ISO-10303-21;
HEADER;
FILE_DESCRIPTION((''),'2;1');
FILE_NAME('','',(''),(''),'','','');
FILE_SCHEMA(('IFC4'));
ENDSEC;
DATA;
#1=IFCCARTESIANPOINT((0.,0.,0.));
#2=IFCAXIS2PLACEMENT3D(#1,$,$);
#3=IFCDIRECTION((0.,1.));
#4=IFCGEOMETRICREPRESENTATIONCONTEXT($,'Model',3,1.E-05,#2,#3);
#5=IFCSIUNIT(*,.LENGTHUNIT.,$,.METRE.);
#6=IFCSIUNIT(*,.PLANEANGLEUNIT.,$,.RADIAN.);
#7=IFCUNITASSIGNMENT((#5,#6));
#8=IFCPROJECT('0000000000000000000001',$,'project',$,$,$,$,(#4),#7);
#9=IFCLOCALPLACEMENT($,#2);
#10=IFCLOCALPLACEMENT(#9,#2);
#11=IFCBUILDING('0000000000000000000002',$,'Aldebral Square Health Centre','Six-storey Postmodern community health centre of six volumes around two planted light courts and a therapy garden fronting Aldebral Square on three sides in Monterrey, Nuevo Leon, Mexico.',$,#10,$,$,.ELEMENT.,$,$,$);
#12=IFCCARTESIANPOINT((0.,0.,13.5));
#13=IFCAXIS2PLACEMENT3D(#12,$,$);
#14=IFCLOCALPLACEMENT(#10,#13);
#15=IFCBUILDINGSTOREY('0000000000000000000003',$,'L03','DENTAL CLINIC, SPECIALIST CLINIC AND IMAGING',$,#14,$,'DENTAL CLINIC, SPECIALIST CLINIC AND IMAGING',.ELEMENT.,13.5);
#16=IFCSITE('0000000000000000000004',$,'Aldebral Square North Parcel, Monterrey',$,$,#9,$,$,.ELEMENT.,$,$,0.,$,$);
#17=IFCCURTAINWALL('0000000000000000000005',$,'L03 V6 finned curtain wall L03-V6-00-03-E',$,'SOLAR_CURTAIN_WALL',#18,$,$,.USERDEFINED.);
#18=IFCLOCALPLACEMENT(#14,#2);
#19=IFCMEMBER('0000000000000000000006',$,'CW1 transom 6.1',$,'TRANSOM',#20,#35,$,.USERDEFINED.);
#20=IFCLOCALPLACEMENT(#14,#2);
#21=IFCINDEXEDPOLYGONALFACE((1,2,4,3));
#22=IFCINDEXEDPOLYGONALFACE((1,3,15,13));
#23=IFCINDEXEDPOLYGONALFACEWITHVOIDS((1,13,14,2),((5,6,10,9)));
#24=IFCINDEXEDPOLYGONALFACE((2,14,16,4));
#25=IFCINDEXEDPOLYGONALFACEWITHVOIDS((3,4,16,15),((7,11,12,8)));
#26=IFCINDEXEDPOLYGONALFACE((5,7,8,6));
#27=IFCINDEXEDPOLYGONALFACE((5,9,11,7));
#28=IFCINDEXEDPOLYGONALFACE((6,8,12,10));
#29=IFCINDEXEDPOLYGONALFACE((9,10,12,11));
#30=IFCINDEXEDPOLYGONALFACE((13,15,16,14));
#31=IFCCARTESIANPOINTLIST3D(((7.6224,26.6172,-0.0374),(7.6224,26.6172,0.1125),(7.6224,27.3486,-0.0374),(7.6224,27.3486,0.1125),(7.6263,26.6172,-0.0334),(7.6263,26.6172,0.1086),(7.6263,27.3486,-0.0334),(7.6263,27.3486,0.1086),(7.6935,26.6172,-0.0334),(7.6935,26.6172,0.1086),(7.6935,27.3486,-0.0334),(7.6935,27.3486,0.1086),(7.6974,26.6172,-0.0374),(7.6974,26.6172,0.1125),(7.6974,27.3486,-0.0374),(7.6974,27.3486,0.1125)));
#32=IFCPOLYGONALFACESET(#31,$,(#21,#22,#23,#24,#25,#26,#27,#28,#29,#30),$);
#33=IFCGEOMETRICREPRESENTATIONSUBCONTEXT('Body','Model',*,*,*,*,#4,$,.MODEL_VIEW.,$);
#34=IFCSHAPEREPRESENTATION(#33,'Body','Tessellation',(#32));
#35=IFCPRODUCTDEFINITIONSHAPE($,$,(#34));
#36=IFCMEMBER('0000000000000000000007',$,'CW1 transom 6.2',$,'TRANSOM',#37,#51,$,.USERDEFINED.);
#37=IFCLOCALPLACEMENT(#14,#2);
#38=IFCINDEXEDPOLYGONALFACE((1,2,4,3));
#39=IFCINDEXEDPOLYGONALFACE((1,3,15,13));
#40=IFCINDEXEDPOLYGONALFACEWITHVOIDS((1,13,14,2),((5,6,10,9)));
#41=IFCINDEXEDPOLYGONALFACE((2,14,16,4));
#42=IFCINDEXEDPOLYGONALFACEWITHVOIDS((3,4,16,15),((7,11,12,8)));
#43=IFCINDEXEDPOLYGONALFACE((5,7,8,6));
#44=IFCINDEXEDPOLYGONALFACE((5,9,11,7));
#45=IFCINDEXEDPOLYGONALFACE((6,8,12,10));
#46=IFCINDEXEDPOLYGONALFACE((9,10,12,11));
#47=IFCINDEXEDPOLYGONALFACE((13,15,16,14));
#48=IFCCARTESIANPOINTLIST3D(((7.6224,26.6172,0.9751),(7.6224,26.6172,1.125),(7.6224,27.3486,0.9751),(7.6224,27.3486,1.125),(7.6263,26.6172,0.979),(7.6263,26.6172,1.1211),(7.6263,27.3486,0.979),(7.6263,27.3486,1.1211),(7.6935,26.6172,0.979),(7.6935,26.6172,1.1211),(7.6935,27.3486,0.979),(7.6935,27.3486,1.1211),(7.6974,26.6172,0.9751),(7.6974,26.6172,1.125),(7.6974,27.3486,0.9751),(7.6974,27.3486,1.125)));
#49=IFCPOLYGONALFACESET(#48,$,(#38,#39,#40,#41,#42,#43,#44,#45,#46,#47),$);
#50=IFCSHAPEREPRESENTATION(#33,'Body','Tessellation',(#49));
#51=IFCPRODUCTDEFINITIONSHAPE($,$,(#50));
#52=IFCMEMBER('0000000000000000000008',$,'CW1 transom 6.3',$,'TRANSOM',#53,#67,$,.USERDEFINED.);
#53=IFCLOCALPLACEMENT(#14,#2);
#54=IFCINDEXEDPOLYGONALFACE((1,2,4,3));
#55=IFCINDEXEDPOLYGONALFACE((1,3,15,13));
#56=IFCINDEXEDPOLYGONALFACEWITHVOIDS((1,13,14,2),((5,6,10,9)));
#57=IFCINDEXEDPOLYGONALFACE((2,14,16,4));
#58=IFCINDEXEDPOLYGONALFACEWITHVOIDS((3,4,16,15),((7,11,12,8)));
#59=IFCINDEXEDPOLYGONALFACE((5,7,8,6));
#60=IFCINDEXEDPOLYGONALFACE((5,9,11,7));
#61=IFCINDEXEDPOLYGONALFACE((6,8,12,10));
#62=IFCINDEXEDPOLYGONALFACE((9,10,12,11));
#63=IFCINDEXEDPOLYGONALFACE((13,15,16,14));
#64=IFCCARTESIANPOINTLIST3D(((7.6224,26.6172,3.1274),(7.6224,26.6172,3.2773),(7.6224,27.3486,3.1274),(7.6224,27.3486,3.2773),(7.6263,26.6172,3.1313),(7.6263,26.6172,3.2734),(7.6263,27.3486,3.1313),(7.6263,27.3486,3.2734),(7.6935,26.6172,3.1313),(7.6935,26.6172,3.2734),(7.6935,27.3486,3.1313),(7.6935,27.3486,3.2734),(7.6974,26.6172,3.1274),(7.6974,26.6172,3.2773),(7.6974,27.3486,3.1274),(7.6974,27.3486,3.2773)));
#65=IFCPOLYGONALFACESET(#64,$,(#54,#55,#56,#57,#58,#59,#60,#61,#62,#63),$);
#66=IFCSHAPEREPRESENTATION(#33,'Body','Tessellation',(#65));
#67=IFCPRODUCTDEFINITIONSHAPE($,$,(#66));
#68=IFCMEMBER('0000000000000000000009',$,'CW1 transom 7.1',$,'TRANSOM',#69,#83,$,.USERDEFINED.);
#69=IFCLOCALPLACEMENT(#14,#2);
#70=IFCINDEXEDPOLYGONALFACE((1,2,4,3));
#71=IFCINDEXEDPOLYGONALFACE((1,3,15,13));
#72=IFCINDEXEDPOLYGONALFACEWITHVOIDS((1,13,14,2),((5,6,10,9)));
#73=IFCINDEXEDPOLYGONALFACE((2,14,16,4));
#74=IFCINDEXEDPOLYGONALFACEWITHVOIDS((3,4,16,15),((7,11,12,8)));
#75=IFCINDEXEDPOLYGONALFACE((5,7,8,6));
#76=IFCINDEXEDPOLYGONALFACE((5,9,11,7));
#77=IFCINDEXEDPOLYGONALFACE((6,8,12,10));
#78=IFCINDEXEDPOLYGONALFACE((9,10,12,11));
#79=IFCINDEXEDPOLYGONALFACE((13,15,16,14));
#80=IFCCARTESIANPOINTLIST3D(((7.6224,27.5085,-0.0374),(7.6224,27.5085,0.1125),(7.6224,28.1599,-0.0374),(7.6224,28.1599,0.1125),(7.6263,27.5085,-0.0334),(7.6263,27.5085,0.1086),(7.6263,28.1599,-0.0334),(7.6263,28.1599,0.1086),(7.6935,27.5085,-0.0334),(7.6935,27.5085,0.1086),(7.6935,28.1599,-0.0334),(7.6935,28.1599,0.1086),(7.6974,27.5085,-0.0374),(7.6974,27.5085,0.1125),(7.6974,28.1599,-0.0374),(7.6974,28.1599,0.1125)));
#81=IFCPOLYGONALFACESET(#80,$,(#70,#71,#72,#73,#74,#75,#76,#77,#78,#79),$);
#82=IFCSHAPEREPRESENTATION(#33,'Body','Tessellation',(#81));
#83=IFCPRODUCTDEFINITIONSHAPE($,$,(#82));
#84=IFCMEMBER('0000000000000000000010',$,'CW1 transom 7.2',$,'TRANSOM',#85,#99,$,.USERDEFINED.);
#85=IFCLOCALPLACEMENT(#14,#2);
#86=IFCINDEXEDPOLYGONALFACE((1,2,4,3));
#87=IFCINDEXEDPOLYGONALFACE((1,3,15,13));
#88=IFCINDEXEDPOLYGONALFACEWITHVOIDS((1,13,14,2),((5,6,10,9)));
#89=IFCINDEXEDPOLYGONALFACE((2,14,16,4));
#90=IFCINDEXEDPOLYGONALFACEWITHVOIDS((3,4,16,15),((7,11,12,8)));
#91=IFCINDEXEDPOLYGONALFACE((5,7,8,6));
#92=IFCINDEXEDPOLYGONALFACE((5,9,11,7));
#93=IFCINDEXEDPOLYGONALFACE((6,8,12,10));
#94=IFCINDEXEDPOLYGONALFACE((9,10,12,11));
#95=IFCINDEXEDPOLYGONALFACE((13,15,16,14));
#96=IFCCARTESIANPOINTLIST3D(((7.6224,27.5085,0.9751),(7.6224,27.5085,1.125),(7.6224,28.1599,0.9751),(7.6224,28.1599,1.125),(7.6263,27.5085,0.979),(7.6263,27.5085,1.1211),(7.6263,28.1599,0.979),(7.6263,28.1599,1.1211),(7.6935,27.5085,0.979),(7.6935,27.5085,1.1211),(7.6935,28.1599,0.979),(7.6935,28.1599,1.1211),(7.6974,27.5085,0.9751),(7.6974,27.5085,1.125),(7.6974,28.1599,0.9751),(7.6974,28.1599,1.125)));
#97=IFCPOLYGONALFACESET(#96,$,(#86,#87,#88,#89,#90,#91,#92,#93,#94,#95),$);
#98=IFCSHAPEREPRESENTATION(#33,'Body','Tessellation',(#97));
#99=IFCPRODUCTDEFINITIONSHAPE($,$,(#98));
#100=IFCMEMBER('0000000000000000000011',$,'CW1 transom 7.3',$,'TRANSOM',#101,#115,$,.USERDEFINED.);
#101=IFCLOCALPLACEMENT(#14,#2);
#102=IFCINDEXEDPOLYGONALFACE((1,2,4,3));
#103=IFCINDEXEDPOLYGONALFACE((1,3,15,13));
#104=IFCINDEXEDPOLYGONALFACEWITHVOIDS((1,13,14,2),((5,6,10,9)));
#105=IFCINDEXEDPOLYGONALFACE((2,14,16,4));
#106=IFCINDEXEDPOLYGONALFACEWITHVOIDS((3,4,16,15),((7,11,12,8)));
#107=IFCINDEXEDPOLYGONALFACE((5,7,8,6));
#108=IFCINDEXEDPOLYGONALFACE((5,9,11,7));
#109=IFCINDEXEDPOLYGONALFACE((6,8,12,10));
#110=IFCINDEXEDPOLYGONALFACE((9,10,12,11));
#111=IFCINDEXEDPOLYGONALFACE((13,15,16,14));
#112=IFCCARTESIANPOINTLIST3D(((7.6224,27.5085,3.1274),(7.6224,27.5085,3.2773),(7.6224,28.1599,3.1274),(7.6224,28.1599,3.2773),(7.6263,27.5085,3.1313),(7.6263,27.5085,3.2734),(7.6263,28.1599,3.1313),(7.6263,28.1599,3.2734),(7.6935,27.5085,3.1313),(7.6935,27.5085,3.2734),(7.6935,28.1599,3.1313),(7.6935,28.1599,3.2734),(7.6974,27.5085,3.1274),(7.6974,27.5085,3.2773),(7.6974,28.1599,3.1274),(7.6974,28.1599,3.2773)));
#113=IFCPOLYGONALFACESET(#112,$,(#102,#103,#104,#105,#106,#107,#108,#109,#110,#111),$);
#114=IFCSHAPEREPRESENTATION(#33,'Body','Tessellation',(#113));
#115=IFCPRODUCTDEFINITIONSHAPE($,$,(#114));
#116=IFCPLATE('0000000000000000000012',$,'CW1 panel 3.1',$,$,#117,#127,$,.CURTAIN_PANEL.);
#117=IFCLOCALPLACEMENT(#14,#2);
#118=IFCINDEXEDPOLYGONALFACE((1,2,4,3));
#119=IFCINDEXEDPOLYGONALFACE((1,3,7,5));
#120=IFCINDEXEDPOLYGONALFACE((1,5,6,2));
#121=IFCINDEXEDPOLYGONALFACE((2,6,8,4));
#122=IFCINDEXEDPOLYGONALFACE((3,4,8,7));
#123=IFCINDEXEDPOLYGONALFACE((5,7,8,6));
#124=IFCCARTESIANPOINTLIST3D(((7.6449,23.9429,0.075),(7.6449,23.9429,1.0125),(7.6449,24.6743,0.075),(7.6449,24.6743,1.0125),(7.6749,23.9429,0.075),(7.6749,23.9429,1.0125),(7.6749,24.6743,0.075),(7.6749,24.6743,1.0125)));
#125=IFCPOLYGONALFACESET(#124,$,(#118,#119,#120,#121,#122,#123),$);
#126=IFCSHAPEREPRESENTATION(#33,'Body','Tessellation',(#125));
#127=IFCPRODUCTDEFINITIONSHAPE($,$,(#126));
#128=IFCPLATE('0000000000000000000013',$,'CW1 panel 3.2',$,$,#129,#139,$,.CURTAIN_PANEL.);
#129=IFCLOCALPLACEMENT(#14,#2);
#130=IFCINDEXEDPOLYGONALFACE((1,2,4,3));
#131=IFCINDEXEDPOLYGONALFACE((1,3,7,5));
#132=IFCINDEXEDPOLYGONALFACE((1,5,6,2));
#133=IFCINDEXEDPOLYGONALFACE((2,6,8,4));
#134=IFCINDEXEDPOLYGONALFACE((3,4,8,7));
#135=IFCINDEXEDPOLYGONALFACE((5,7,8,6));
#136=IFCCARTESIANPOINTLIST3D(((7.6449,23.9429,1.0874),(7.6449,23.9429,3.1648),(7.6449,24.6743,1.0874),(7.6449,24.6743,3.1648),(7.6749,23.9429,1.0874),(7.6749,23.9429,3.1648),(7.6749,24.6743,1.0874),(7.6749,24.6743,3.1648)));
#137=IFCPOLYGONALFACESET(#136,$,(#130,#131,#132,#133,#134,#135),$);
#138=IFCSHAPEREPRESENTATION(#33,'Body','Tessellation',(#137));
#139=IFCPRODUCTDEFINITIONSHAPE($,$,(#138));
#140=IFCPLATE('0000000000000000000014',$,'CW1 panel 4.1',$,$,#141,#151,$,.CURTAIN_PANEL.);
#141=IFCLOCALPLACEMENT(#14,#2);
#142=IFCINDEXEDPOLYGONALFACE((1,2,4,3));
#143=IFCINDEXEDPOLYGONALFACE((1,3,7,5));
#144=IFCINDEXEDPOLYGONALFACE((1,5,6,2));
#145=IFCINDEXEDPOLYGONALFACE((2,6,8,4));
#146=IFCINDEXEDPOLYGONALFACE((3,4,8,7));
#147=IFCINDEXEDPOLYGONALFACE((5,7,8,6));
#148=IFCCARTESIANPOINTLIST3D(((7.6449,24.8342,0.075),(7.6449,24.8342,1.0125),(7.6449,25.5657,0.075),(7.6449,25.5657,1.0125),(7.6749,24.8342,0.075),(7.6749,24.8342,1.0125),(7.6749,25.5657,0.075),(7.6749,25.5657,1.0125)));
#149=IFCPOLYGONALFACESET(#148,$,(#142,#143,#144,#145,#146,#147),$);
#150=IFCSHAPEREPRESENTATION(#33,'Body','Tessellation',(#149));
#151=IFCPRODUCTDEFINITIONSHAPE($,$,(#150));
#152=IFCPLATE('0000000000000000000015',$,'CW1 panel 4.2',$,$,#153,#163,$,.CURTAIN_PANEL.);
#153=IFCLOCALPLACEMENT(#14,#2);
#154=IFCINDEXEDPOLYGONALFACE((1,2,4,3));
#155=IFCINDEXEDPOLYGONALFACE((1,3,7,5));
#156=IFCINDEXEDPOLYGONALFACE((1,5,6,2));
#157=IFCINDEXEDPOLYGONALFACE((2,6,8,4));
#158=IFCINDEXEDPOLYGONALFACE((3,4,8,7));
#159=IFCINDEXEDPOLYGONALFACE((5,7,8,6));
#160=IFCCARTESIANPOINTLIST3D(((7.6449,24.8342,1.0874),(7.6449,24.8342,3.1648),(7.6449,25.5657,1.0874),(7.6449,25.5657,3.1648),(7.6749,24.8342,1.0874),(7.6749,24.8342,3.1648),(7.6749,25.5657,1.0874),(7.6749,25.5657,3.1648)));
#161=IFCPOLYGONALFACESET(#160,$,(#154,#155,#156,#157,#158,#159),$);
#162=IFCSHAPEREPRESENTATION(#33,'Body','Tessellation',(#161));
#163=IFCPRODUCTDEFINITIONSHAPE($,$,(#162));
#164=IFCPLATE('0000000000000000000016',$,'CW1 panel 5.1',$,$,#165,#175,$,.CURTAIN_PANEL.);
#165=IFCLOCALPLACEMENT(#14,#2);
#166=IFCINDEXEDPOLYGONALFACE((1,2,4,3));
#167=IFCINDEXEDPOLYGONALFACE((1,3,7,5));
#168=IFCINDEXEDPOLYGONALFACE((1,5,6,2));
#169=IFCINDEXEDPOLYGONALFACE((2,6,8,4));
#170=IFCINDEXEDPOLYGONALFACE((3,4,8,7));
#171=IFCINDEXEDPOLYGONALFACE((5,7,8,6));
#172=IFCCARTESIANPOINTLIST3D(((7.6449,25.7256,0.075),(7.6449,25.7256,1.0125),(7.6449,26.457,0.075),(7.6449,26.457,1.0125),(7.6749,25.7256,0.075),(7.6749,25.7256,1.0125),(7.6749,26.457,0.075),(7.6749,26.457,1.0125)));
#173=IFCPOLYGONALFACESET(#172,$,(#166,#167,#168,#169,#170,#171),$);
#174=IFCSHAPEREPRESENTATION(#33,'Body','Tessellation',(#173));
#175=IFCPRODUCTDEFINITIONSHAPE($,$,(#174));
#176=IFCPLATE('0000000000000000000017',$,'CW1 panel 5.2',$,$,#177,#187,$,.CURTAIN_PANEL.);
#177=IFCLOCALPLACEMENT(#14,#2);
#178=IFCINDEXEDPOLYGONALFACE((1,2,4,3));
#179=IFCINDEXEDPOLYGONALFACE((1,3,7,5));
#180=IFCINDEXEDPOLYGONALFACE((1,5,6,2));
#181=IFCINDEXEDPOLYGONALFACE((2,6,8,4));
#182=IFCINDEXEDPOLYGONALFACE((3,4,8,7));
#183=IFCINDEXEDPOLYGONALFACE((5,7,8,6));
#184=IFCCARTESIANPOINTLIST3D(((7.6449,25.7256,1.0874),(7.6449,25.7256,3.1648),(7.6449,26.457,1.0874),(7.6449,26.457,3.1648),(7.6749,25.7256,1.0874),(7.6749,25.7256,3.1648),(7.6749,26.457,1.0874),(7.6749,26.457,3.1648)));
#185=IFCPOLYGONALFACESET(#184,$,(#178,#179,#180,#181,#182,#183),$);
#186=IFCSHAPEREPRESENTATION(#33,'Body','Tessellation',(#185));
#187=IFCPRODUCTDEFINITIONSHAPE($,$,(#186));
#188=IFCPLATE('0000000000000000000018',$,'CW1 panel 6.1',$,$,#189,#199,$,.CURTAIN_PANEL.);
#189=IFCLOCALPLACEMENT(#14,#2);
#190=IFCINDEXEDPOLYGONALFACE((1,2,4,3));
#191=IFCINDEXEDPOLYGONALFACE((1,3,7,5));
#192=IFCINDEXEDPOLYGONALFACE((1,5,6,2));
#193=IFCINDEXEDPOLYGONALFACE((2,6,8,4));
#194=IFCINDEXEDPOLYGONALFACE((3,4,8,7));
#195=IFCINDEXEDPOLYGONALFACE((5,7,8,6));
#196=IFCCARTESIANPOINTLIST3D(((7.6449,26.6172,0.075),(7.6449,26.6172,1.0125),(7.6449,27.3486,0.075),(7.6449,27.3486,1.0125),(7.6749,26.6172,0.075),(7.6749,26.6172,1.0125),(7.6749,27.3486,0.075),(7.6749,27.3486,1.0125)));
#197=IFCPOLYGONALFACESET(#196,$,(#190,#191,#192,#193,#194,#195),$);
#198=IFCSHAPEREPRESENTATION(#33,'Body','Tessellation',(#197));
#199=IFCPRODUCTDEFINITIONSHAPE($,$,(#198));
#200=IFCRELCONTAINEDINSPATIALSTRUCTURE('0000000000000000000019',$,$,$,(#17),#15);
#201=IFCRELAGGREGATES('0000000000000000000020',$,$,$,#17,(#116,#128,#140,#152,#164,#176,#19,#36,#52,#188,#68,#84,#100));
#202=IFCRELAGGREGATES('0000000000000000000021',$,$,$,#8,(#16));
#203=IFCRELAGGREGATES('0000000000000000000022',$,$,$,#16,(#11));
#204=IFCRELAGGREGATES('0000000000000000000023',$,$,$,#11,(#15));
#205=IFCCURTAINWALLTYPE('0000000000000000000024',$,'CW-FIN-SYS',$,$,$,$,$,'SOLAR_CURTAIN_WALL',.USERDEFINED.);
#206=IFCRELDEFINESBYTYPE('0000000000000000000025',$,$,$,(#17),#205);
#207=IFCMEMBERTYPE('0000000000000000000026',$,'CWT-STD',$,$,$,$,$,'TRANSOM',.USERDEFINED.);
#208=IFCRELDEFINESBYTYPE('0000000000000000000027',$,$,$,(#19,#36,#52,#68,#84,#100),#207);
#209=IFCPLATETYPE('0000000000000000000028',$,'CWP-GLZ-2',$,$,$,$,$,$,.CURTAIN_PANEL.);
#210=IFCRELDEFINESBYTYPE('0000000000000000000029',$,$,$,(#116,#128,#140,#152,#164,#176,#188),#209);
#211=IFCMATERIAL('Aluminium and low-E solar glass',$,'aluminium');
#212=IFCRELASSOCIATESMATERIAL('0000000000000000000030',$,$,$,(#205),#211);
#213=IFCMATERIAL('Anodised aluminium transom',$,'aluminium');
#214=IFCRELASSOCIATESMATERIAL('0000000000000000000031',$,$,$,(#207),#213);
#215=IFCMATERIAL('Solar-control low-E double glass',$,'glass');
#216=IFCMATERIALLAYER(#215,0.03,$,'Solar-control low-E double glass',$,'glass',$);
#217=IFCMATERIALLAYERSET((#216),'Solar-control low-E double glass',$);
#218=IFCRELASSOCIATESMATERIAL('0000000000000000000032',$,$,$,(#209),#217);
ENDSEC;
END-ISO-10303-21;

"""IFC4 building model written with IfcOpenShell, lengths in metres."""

from ifc_helpers import new_model, si_unit, direction, frame, origin, origin_2d, place, context, subcontext, project, spatial, rectangle, hollow_rectangle, extrude, material, layer, layer_set, material_profile, profile_set, type_object, element, aggregate, save


model = new_model("IFC4")

# Units and contexts
model_context = context("Model", 3, precision=1e-05, world=origin(), true_north=direction((0.0, 1.0)))
body_context = subcontext(model_context, "Body", "Model", "MODEL_VIEW")
ifc_project = project(units=[si_unit("LENGTHUNIT", "METRE"), si_unit("PLANEANGLEUNIT", "RADIAN")], contexts=[model_context])

# Site, building, storey
site_placement = place(None, origin())
site = spatial("IfcSite", under=ifc_project, at=site_placement, Name="Aldebral Square North Parcel, Monterrey", CompositionType="ELEMENT", RefElevation=0.0)
building_placement = place(site_placement, origin())
building = spatial("IfcBuilding", under=site, at=building_placement, Name="Aldebral Square Health Centre", Description="Six-storey Postmodern community health centre of six volumes around two planted light courts and a therapy garden fronting Aldebral Square on three sides in Monterrey, Nuevo Leon, Mexico.", CompositionType="ELEMENT")
storey_placement = place(building_placement, frame((0.0, 0.0, 13.5)))
storey = spatial("IfcBuildingStorey", under=building, at=storey_placement, Name="L03", Description="DENTAL CLINIC, SPECIALIST CLINIC AND IMAGING", LongName="DENTAL CLINIC, SPECIALIST CLINIC AND IMAGING", CompositionType="ELEMENT", Elevation=13.5)

# Curtain wall, members, plates
ifc_material_1 = material(Name="Aluminium and low-E solar glass", Category="aluminium")
curtain_wall_type = type_object("IfcCurtainWallType", Name="CW-FIN-SYS", ElementType="SOLAR_CURTAIN_WALL", PredefinedType="USERDEFINED", material=ifc_material_1)
curtain_wall_placement = place(storey_placement, origin())
curtain_wall = element("IfcCurtainWall", 1, at=curtain_wall_placement, inside=storey, type_object=curtain_wall_type, Name="L03 V6 finned curtain wall L03-V6-00-03-E", ObjectType="SOLAR_CURTAIN_WALL", PredefinedType="USERDEFINED")
ifc_material_2 = material(Name="Anodised aluminium transom", Category="aluminium")
ifc_material_profile_1 = material_profile(ifc_material_2, hollow_rectangle(XDim=0.075, YDim=0.1499, WallThickness=0.0039, at=origin_2d()), Name="CWT 75x150x4")
ifc_profile_set_1 = profile_set([ifc_material_profile_1], Name="Anodised aluminium transom")
member_type_1 = type_object("IfcMemberType", Name="CWT-STD", ElementType="TRANSOM", PredefinedType="USERDEFINED", material=ifc_profile_set_1)
member_1_placement = place(storey_placement, frame((7.6599, 26.6172, 0.0376), z_axis=(0.0, 1.0, 0.0), x_axis=(-1.0, 0.0, 0.0)))
member_1 = element("IfcMember", 2, at=member_1_placement, type_object=member_type_1, Name="CW1 transom 6.1", ObjectType="TRANSOM", PredefinedType="USERDEFINED", context=body_context, shape_type="SweptSolid", body=[
    extrude(hollow_rectangle(XDim=0.075, YDim=0.1499, WallThickness=0.0039, at=origin_2d()), origin(), (0.0, 0.0, 1.0), 0.7314),
])
member_2_placement = place(storey_placement, frame((7.6599, 26.6172, 1.05), z_axis=(0.0, 1.0, 0.0), x_axis=(-1.0, 0.0, 0.0)))
member_2 = element("IfcMember", 3, at=member_2_placement, type_object=member_type_1, Name="CW1 transom 6.2", ObjectType="TRANSOM", PredefinedType="USERDEFINED", context=body_context, shape_type="SweptSolid", body=[
    extrude(hollow_rectangle(XDim=0.075, YDim=0.1499, WallThickness=0.0039, at=origin_2d()), origin(), (0.0, 0.0, 1.0), 0.7314),
])
member_3_placement = place(storey_placement, frame((7.6599, 26.6172, 3.2024), z_axis=(0.0, 1.0, 0.0), x_axis=(-1.0, 0.0, 0.0)))
member_3 = element("IfcMember", 4, at=member_3_placement, type_object=member_type_1, Name="CW1 transom 6.3", ObjectType="TRANSOM", PredefinedType="USERDEFINED", context=body_context, shape_type="SweptSolid", body=[
    extrude(hollow_rectangle(XDim=0.075, YDim=0.1499, WallThickness=0.0039, at=origin_2d()), origin(), (0.0, 0.0, 1.0), 0.7314),
])
member_4_placement = place(storey_placement, frame((7.6599, 27.5085, 0.0376), z_axis=(0.0, 1.0, 0.0), x_axis=(-1.0, 0.0, 0.0)))
member_4 = element("IfcMember", 5, at=member_4_placement, type_object=member_type_1, Name="CW1 transom 7.1", ObjectType="TRANSOM", PredefinedType="USERDEFINED", context=body_context, shape_type="SweptSolid", body=[
    extrude(hollow_rectangle(XDim=0.075, YDim=0.1499, WallThickness=0.0039, at=origin_2d()), origin(), (0.0, 0.0, 1.0), 0.6514),
])
member_5_placement = place(storey_placement, frame((7.6599, 27.5085, 1.05), z_axis=(0.0, 1.0, 0.0), x_axis=(-1.0, 0.0, 0.0)))
member_5 = element("IfcMember", 6, at=member_5_placement, type_object=member_type_1, Name="CW1 transom 7.2", ObjectType="TRANSOM", PredefinedType="USERDEFINED", context=body_context, shape_type="SweptSolid", body=[
    extrude(hollow_rectangle(XDim=0.075, YDim=0.1499, WallThickness=0.0039, at=origin_2d()), origin(), (0.0, 0.0, 1.0), 0.6514),
])
member_6_placement = place(storey_placement, frame((7.6599, 27.5085, 3.2024), z_axis=(0.0, 1.0, 0.0), x_axis=(-1.0, 0.0, 0.0)))
member_6 = element("IfcMember", 7, at=member_6_placement, type_object=member_type_1, Name="CW1 transom 7.3", ObjectType="TRANSOM", PredefinedType="USERDEFINED", context=body_context, shape_type="SweptSolid", body=[
    extrude(hollow_rectangle(XDim=0.075, YDim=0.1499, WallThickness=0.0039, at=origin_2d()), origin(), (0.0, 0.0, 1.0), 0.6514),
])
ifc_material_3 = material(Name="Solar-control low-E double glass", Category="glass")
ifc_layer = layer(ifc_material_3, 0.03, Name="Solar-control low-E double glass", Category="glass")
ifc_layer_set = layer_set([ifc_layer], Name="Solar-control low-E double glass")
plate_type = type_object("IfcPlateType", Name="CWP-GLZ-2", PredefinedType="CURTAIN_PANEL", material=ifc_layer_set)
plate_1_placement = place(storey_placement, frame((7.6599, 24.3086, 0.075), z_axis=(0.0, 0.0, 1.0), x_axis=(0.0, 1.0, 0.0)))
plate_1 = element("IfcPlate", 8, at=plate_1_placement, type_object=plate_type, Name="CW1 panel 3.1", PredefinedType="CURTAIN_PANEL", context=body_context, shape_type="SweptSolid", body=[
    extrude(rectangle(XDim=0.7314, YDim=0.03, at=origin_2d()), origin(), (0.0, 0.0, 1.0), 0.9375),
])
plate_2_placement = place(storey_placement, frame((7.6599, 24.3086, 1.0874), z_axis=(0.0, 0.0, 1.0), x_axis=(0.0, 1.0, 0.0)))
plate_2 = element("IfcPlate", 9, at=plate_2_placement, type_object=plate_type, Name="CW1 panel 3.2", PredefinedType="CURTAIN_PANEL", context=body_context, shape_type="SweptSolid", body=[
    extrude(rectangle(XDim=0.7314, YDim=0.03, at=origin_2d()), origin(), (0.0, 0.0, 1.0), 2.0774),
])
plate_3_placement = place(storey_placement, frame((7.6599, 25.2, 0.075), z_axis=(0.0, 0.0, 1.0), x_axis=(0.0, 1.0, 0.0)))
plate_3 = element("IfcPlate", 10, at=plate_3_placement, type_object=plate_type, Name="CW1 panel 4.1", PredefinedType="CURTAIN_PANEL", context=body_context, shape_type="SweptSolid", body=[
    extrude(rectangle(XDim=0.7314, YDim=0.03, at=origin_2d()), origin(), (0.0, 0.0, 1.0), 0.9375),
])
plate_4_placement = place(storey_placement, frame((7.6599, 25.2, 1.0874), z_axis=(0.0, 0.0, 1.0), x_axis=(0.0, 1.0, 0.0)))
plate_4 = element("IfcPlate", 11, at=plate_4_placement, type_object=plate_type, Name="CW1 panel 4.2", PredefinedType="CURTAIN_PANEL", context=body_context, shape_type="SweptSolid", body=[
    extrude(rectangle(XDim=0.7314, YDim=0.03, at=origin_2d()), origin(), (0.0, 0.0, 1.0), 2.0774),
])
plate_5_placement = place(storey_placement, frame((7.6599, 26.0913, 0.075), z_axis=(0.0, 0.0, 1.0), x_axis=(0.0, 1.0, 0.0)))
plate_5 = element("IfcPlate", 12, at=plate_5_placement, type_object=plate_type, Name="CW1 panel 5.1", PredefinedType="CURTAIN_PANEL", context=body_context, shape_type="SweptSolid", body=[
    extrude(rectangle(XDim=0.7314, YDim=0.03, at=origin_2d()), origin(), (0.0, 0.0, 1.0), 0.9375),
])
plate_6_placement = place(storey_placement, frame((7.6599, 26.0913, 1.0874), z_axis=(0.0, 0.0, 1.0), x_axis=(0.0, 1.0, 0.0)))
plate_6 = element("IfcPlate", 13, at=plate_6_placement, type_object=plate_type, Name="CW1 panel 5.2", PredefinedType="CURTAIN_PANEL", context=body_context, shape_type="SweptSolid", body=[
    extrude(rectangle(XDim=0.7314, YDim=0.03, at=origin_2d()), origin(), (0.0, 0.0, 1.0), 2.0774),
])
plate_7_placement = place(storey_placement, frame((7.6599, 26.9829, 0.075), z_axis=(0.0, 0.0, 1.0), x_axis=(0.0, 1.0, 0.0)))
plate_7 = element("IfcPlate", 14, at=plate_7_placement, type_object=plate_type, Name="CW1 panel 6.1", PredefinedType="CURTAIN_PANEL", context=body_context, shape_type="SweptSolid", body=[
    extrude(rectangle(XDim=0.7314, YDim=0.03, at=origin_2d()), origin(), (0.0, 0.0, 1.0), 0.9375),
])
aggregate(curtain_wall, [plate_1, plate_2, plate_3, plate_4, plate_5, plate_6, member_1, member_2, member_3, plate_7, member_4, member_5, member_6])

save(model, "model.ifc")
